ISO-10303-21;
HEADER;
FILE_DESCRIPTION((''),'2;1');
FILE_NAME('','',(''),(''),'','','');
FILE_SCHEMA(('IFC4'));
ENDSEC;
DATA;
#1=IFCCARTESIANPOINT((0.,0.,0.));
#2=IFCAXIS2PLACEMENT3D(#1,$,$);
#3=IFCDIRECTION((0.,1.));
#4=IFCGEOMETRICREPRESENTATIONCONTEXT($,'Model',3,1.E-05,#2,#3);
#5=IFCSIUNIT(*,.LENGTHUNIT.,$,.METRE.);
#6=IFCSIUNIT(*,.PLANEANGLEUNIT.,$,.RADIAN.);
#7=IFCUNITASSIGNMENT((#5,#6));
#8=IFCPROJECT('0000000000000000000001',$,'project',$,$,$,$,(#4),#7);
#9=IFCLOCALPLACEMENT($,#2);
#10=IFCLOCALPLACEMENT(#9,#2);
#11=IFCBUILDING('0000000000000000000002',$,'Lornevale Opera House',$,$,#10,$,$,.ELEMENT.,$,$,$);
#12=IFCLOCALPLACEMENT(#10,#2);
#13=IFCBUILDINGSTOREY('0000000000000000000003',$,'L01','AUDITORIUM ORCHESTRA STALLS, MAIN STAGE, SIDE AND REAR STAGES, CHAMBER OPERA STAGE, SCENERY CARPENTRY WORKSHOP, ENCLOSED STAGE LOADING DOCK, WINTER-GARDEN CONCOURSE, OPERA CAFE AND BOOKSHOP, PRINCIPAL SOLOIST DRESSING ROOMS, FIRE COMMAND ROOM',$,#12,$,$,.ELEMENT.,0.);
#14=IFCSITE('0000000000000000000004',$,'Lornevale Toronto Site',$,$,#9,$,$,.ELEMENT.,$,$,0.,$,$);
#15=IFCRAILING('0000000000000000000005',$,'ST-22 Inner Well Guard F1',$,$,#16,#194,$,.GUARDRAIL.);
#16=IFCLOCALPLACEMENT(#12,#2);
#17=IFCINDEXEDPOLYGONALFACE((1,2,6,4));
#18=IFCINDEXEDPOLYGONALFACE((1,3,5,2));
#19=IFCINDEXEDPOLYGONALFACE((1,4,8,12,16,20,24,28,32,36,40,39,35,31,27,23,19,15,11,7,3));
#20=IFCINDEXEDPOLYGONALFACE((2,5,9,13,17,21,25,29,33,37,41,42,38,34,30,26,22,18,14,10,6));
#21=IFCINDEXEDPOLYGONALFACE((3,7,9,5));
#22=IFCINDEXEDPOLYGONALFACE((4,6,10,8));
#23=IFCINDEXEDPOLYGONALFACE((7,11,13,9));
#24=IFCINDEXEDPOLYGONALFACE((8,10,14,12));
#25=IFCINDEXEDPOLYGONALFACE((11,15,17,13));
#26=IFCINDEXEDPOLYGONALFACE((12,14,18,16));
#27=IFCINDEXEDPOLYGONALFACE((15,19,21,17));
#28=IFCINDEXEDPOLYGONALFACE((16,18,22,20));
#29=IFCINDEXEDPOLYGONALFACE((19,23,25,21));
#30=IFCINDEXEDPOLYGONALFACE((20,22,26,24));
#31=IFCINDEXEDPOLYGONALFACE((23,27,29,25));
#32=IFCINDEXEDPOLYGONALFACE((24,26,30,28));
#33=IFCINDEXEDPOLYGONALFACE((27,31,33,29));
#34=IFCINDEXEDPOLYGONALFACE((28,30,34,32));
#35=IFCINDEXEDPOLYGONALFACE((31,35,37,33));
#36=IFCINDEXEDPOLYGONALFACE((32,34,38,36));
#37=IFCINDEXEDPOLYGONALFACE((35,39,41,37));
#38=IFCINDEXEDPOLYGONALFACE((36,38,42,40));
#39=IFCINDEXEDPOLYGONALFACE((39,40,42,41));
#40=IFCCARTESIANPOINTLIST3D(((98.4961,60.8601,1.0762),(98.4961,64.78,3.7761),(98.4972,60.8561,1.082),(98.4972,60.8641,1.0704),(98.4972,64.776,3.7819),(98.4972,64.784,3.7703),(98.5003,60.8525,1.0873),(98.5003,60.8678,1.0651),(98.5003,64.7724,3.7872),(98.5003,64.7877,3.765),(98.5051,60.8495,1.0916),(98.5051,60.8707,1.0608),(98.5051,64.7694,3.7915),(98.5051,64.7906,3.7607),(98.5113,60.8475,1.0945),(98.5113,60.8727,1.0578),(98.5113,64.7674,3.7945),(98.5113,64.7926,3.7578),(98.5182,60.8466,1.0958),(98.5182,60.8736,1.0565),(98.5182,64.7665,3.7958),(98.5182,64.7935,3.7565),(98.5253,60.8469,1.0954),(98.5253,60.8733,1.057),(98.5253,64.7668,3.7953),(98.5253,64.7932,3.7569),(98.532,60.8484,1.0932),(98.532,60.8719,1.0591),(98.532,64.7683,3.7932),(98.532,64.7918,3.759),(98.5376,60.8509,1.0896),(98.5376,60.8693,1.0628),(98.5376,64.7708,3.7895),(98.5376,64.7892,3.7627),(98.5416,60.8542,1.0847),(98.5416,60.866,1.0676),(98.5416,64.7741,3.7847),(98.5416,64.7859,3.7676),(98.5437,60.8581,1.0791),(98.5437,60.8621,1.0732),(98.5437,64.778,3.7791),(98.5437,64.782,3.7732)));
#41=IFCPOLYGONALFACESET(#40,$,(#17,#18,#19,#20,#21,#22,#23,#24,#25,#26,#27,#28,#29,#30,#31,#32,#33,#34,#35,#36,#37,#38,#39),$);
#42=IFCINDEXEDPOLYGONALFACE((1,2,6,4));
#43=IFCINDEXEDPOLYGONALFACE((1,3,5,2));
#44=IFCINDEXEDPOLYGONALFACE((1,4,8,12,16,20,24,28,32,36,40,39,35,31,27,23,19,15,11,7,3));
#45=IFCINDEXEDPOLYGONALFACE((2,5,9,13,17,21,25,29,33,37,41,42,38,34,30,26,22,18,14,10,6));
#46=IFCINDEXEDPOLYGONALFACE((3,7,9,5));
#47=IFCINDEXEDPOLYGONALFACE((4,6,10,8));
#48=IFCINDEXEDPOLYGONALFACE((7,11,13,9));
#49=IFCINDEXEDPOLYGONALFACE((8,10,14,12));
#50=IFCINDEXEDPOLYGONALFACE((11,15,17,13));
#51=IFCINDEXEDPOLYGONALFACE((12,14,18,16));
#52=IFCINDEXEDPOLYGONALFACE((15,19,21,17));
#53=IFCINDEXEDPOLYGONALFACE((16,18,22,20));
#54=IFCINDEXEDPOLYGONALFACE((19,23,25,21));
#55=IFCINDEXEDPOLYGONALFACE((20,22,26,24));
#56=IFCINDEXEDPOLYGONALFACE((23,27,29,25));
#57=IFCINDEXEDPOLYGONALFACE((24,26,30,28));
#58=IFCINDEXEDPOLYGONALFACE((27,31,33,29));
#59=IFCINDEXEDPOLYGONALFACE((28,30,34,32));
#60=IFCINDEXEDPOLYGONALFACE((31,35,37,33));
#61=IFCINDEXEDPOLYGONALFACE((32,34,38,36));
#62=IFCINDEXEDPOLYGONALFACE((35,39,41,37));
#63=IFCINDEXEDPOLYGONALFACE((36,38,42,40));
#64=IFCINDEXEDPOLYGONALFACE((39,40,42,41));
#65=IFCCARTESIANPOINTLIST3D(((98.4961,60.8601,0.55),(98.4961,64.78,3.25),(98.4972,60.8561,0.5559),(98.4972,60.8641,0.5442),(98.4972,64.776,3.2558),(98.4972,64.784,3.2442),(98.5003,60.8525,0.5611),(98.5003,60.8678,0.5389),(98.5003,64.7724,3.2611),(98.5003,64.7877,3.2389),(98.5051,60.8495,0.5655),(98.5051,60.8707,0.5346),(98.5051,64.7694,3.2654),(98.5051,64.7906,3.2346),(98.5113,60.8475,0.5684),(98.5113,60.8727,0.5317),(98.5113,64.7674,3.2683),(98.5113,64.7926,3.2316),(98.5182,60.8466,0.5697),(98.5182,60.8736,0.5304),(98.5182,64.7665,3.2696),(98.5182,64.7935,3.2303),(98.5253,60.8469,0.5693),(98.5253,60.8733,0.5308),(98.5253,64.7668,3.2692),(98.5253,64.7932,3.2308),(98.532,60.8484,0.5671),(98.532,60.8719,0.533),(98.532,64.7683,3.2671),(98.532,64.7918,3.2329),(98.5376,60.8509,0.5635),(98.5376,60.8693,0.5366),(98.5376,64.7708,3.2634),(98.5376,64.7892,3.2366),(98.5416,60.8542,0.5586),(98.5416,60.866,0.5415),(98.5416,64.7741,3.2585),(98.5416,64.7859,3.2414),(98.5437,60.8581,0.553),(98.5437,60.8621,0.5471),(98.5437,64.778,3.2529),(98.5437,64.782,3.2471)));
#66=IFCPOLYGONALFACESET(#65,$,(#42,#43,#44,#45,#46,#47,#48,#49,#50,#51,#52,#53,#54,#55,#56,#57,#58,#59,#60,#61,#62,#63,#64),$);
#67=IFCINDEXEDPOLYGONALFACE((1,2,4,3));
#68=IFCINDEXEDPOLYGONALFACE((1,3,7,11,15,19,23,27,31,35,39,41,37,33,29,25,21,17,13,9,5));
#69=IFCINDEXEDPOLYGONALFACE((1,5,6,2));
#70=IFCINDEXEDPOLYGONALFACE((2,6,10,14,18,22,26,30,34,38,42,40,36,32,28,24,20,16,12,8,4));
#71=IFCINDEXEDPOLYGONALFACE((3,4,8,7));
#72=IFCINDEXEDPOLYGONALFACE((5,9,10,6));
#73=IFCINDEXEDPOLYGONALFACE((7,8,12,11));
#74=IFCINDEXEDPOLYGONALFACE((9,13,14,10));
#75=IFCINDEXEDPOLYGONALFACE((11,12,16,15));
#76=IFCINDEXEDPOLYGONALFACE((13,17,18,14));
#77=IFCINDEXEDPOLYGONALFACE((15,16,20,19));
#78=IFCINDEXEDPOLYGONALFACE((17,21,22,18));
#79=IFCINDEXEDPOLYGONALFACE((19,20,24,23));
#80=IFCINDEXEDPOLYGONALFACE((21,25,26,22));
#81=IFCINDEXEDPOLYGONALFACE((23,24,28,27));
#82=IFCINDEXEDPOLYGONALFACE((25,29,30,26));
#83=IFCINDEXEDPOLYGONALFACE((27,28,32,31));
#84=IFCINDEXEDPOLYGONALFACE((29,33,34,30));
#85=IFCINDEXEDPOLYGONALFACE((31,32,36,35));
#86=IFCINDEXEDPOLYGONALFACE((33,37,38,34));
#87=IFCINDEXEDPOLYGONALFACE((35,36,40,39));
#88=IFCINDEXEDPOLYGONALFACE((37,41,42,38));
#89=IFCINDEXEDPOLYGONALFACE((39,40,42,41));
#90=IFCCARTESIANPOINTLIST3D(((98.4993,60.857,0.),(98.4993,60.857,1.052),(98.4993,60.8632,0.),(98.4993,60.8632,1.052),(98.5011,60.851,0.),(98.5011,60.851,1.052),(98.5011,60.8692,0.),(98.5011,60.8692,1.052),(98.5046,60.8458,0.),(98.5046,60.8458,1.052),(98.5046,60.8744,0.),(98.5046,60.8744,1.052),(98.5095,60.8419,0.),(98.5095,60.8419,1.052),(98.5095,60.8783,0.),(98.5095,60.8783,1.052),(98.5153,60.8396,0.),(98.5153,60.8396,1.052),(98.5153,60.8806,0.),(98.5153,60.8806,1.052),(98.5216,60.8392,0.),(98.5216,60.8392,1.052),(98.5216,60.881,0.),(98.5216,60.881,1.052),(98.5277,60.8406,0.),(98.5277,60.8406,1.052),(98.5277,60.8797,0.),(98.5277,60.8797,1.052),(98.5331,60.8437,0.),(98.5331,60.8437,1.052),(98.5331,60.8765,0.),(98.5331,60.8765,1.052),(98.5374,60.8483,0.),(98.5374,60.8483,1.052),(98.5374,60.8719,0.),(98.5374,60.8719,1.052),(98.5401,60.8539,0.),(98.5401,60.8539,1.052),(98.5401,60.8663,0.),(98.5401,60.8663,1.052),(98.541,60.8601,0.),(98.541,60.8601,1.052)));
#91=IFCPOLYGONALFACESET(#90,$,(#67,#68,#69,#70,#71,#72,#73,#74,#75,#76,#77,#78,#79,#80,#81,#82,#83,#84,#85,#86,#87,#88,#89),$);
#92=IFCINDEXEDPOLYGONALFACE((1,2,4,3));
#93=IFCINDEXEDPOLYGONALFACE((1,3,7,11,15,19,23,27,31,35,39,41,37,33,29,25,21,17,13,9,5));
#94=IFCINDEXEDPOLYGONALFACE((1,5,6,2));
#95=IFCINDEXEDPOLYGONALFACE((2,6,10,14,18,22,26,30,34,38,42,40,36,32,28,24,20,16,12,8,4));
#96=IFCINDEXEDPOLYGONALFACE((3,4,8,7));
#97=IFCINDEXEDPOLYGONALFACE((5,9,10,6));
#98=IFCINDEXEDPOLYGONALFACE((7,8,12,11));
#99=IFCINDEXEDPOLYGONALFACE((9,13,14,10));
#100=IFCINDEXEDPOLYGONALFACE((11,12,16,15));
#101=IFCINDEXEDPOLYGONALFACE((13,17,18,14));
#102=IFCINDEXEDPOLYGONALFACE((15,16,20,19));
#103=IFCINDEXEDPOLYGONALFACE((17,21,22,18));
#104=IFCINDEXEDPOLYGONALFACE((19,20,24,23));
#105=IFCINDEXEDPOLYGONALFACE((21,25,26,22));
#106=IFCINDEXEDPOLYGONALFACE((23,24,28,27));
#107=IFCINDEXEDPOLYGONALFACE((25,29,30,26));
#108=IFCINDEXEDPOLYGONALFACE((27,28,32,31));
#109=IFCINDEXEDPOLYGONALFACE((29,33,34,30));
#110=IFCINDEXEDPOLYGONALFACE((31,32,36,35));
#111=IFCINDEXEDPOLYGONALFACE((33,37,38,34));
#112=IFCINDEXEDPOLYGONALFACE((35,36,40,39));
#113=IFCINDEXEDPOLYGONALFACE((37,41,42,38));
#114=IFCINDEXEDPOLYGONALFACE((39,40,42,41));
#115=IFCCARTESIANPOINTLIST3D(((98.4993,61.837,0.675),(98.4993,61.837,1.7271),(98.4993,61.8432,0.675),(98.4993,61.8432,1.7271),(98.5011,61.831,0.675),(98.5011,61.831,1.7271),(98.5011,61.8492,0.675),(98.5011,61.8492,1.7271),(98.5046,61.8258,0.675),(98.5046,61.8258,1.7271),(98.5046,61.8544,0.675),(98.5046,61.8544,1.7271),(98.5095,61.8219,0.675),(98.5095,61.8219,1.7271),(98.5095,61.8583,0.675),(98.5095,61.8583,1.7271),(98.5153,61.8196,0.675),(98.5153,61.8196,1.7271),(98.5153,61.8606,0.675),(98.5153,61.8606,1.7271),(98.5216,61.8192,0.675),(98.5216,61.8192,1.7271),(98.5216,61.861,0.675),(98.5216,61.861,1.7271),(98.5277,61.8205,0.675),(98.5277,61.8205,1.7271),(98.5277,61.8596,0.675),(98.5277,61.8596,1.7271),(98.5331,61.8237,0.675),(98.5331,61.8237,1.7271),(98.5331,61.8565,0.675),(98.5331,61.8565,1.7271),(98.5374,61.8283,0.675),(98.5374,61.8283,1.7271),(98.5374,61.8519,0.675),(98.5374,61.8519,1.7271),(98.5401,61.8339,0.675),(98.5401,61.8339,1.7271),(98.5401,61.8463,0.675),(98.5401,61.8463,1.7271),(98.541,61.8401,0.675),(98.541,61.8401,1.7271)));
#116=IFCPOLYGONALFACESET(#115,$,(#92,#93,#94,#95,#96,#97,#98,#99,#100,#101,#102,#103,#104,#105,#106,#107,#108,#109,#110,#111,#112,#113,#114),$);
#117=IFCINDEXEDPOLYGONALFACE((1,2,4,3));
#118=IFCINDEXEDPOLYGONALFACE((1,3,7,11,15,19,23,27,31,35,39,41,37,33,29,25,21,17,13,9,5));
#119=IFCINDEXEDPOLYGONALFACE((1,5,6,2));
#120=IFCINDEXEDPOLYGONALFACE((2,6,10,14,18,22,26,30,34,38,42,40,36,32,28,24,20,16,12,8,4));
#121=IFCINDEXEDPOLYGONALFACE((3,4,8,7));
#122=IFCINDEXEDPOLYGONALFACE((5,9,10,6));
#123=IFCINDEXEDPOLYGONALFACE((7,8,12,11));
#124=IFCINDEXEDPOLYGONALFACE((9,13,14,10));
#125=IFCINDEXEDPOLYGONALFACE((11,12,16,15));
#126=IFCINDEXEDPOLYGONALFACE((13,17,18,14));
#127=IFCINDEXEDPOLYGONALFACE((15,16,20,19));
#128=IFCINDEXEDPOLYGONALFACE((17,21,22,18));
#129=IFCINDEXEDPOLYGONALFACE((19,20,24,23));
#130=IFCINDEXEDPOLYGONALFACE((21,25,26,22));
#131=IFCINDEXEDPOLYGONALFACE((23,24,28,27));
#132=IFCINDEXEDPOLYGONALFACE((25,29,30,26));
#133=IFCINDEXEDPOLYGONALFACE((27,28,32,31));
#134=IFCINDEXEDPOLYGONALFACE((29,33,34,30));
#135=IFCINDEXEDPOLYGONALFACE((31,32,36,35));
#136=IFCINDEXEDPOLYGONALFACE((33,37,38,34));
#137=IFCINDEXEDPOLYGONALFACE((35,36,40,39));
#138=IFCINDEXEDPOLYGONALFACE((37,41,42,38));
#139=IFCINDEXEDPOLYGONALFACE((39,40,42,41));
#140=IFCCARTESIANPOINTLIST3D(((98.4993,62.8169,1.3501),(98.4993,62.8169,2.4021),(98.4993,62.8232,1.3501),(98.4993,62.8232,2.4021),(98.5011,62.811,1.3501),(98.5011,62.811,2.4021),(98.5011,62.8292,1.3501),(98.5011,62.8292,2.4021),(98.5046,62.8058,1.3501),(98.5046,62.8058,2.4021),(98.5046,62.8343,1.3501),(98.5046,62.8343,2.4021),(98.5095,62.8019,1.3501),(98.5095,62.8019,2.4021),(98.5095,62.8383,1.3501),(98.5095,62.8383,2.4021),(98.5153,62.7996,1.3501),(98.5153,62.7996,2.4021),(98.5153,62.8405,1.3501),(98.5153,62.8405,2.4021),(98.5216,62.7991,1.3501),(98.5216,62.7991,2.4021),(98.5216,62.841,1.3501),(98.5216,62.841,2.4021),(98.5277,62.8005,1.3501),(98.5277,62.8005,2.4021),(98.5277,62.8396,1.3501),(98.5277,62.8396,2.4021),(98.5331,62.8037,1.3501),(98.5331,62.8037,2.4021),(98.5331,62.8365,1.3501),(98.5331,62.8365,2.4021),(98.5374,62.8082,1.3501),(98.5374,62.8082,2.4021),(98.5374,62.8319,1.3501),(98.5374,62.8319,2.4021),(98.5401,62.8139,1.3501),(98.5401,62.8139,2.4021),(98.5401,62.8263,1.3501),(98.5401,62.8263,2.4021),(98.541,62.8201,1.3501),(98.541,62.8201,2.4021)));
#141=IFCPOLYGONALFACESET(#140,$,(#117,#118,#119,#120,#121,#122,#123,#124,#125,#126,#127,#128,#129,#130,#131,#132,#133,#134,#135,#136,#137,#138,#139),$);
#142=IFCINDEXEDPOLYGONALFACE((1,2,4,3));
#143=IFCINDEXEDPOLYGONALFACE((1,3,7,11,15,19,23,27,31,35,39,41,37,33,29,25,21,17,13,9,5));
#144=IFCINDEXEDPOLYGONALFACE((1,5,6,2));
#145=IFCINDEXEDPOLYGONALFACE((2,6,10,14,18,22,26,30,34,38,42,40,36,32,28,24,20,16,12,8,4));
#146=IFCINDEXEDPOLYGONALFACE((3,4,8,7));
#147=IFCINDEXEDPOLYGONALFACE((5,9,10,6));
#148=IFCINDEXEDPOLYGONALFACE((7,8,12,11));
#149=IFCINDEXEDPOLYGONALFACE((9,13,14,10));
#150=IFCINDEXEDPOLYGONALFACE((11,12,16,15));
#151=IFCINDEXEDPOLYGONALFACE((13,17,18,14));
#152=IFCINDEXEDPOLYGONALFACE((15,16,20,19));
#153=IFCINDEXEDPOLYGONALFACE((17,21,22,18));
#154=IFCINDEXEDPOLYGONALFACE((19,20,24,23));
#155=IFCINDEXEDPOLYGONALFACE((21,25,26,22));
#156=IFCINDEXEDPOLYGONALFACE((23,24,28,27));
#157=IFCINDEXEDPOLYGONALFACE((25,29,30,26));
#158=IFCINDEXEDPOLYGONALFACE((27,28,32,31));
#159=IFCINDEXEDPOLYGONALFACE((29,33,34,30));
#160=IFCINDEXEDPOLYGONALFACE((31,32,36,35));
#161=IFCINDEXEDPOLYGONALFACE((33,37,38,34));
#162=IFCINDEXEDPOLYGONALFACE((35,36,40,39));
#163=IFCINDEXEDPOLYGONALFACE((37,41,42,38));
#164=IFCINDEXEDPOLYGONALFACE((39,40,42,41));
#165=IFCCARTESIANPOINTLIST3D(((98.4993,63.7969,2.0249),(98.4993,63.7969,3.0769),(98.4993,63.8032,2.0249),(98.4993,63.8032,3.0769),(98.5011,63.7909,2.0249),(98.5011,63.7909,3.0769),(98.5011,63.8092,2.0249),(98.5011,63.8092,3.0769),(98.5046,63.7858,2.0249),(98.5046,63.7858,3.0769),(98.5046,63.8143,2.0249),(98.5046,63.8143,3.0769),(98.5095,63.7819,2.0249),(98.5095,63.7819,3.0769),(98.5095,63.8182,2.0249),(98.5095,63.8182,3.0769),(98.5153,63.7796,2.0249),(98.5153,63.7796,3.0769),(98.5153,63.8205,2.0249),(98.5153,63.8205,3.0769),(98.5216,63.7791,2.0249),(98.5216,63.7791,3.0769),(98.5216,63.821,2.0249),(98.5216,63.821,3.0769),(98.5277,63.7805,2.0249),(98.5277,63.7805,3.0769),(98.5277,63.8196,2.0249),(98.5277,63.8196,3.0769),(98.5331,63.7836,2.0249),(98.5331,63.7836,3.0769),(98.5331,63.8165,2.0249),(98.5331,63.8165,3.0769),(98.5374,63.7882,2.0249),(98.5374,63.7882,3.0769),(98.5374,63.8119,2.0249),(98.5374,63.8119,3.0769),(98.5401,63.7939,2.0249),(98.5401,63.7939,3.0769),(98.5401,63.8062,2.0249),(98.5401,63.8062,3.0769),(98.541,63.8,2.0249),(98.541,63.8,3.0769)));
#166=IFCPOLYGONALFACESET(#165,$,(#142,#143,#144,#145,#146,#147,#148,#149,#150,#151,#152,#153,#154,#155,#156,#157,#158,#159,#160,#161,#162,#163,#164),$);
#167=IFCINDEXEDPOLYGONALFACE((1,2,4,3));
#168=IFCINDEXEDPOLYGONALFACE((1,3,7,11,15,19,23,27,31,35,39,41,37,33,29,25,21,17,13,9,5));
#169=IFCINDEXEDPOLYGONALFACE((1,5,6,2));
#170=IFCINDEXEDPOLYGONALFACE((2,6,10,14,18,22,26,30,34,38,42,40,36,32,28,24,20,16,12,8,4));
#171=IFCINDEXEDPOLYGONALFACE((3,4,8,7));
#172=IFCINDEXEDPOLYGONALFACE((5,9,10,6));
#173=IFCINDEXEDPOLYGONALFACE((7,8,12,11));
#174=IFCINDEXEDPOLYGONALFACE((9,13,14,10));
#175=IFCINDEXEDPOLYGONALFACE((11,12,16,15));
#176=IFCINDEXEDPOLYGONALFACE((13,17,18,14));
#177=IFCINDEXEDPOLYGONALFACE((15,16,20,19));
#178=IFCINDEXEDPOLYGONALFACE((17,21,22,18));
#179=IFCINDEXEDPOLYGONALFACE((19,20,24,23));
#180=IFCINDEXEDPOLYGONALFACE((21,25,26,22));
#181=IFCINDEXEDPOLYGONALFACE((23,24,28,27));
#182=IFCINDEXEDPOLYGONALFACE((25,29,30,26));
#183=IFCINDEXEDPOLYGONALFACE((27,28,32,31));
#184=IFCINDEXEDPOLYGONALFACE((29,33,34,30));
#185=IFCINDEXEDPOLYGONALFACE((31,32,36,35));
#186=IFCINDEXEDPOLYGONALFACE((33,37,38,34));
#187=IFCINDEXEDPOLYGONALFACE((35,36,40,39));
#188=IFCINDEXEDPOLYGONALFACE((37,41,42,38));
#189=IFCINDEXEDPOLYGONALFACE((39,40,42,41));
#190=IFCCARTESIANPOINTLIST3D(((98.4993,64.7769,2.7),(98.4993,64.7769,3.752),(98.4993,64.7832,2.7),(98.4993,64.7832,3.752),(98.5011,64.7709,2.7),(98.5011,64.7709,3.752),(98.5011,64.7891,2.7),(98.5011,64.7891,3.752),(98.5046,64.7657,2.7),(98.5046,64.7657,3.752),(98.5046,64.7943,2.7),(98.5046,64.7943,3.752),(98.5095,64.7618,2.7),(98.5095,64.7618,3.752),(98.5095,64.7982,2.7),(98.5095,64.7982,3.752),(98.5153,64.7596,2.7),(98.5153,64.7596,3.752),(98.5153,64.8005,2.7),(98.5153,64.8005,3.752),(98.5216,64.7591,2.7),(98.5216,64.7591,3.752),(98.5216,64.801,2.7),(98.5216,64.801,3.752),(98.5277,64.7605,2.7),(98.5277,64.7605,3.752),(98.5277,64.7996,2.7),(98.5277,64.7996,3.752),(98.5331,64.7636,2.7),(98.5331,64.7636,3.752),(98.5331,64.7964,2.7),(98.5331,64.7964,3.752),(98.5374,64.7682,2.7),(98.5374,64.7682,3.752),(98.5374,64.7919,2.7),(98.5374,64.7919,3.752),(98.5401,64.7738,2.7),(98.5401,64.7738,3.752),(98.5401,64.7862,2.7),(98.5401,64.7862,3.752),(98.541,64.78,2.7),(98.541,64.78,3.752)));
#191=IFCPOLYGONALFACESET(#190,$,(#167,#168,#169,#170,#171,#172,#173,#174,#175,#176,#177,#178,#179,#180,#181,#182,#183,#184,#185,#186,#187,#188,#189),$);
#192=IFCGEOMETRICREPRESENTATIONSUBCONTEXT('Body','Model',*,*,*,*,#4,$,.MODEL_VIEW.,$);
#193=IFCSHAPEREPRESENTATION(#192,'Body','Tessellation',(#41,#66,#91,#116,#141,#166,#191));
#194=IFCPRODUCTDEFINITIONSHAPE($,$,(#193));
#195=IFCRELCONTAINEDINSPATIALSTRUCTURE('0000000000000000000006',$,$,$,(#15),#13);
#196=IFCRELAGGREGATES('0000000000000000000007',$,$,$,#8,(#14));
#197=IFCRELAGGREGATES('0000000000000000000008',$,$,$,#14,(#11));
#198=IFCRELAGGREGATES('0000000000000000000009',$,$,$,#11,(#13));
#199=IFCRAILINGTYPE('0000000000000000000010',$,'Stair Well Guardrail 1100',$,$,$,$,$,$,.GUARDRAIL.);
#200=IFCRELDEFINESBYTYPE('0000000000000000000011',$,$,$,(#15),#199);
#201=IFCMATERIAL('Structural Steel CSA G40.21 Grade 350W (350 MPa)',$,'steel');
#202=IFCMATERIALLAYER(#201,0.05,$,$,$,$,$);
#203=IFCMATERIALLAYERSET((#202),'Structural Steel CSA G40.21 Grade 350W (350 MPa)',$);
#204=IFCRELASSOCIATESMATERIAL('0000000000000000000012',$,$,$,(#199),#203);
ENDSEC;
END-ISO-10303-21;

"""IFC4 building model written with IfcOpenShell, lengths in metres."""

from ifc_helpers import new_model, si_unit, direction, frame, origin, origin_2d, place, context, subcontext, project, spatial, circle, extrude, material, layer, layer_set, type_object, element, save


model = new_model("IFC4")

# Units and contexts
model_context = context("Model", 3, precision=1e-05, world=origin(), true_north=direction((0.0, 1.0)))
body_context = subcontext(model_context, "Body", "Model", "MODEL_VIEW")
ifc_project = project(units=[si_unit("LENGTHUNIT", "METRE"), si_unit("PLANEANGLEUNIT", "RADIAN")], contexts=[model_context])

# Site, building, storey
site_placement = place(None, origin())
site = spatial("IfcSite", under=ifc_project, at=site_placement, Name="Lornevale Toronto Site", CompositionType="ELEMENT", RefElevation=0.0)
building_placement = place(site_placement, origin())
building = spatial("IfcBuilding", under=site, at=building_placement, Name="Lornevale Opera House", CompositionType="ELEMENT")
storey_placement = place(building_placement, origin())
storey = spatial("IfcBuildingStorey", under=building, at=storey_placement, Name="L01", Description="AUDITORIUM ORCHESTRA STALLS, MAIN STAGE, SIDE AND REAR STAGES, CHAMBER OPERA STAGE, SCENERY CARPENTRY WORKSHOP, ENCLOSED STAGE LOADING DOCK, WINTER-GARDEN CONCOURSE, OPERA CAFE AND BOOKSHOP, PRINCIPAL SOLOIST DRESSING ROOMS, FIRE COMMAND ROOM", CompositionType="ELEMENT", Elevation=0.0)

# Railing
ifc_material_1 = material(Name="Structural Steel CSA G40.21 Grade 350W (350 MPa)", Category="steel")
ifc_layer_1 = layer(ifc_material_1, 0.05)
ifc_layer_set_1 = layer_set([ifc_layer_1], Name="Structural Steel CSA G40.21 Grade 350W (350 MPa)")
railing_type_1 = type_object("IfcRailingType", Name="Stair Well Guardrail 1100", PredefinedType="GUARDRAIL", material=ifc_layer_set_1)
railing_1_placement = place(storey_placement, frame((98.52, 60.8601, 0.0)))
element("IfcRailing", 1, at=railing_1_placement, inside=storey, type_object=railing_type_1, Name="ST-22 Inner Well Guard F1", PredefinedType="GUARDRAIL", context=body_context, shape_type="SweptSolid", body=[
    extrude(circle(Radius=0.0239, at=origin_2d()), frame((0.0, 0.0, 1.0762), z_axis=(0.0, 0.823551, 0.567243), x_axis=(-1.0, 0.0, 0.0)), (0.0, 0.0, 1.0), 4.7598),
    extrude(circle(Radius=0.0239, at=origin_2d()), frame((0.0, 0.0, 0.55), z_axis=(0.0, 0.823551, 0.567243), x_axis=(-1.0, 0.0, 0.0)), (0.0, 0.0, 1.0), 4.7598),
    extrude(circle(Radius=0.021, at=origin_2d()), origin(), (0.0, 0.0, 1.0), 1.052),
    extrude(circle(Radius=0.021, at=origin_2d()), frame((0.0, 0.98, 0.675)), (0.0, 0.0, 1.0), 1.052),
    extrude(circle(Radius=0.021, at=origin_2d()), frame((0.0, 1.96, 1.3501)), (0.0, 0.0, 1.0), 1.052),
    extrude(circle(Radius=0.021, at=origin_2d()), frame((0.0, 2.9399, 2.0249)), (0.0, 0.0, 1.0), 1.052),
    extrude(circle(Radius=0.021, at=origin_2d()), frame((0.0, 3.9199, 2.7)), (0.0, 0.0, 1.0), 1.052),
])

save(model, "model.ifc")
